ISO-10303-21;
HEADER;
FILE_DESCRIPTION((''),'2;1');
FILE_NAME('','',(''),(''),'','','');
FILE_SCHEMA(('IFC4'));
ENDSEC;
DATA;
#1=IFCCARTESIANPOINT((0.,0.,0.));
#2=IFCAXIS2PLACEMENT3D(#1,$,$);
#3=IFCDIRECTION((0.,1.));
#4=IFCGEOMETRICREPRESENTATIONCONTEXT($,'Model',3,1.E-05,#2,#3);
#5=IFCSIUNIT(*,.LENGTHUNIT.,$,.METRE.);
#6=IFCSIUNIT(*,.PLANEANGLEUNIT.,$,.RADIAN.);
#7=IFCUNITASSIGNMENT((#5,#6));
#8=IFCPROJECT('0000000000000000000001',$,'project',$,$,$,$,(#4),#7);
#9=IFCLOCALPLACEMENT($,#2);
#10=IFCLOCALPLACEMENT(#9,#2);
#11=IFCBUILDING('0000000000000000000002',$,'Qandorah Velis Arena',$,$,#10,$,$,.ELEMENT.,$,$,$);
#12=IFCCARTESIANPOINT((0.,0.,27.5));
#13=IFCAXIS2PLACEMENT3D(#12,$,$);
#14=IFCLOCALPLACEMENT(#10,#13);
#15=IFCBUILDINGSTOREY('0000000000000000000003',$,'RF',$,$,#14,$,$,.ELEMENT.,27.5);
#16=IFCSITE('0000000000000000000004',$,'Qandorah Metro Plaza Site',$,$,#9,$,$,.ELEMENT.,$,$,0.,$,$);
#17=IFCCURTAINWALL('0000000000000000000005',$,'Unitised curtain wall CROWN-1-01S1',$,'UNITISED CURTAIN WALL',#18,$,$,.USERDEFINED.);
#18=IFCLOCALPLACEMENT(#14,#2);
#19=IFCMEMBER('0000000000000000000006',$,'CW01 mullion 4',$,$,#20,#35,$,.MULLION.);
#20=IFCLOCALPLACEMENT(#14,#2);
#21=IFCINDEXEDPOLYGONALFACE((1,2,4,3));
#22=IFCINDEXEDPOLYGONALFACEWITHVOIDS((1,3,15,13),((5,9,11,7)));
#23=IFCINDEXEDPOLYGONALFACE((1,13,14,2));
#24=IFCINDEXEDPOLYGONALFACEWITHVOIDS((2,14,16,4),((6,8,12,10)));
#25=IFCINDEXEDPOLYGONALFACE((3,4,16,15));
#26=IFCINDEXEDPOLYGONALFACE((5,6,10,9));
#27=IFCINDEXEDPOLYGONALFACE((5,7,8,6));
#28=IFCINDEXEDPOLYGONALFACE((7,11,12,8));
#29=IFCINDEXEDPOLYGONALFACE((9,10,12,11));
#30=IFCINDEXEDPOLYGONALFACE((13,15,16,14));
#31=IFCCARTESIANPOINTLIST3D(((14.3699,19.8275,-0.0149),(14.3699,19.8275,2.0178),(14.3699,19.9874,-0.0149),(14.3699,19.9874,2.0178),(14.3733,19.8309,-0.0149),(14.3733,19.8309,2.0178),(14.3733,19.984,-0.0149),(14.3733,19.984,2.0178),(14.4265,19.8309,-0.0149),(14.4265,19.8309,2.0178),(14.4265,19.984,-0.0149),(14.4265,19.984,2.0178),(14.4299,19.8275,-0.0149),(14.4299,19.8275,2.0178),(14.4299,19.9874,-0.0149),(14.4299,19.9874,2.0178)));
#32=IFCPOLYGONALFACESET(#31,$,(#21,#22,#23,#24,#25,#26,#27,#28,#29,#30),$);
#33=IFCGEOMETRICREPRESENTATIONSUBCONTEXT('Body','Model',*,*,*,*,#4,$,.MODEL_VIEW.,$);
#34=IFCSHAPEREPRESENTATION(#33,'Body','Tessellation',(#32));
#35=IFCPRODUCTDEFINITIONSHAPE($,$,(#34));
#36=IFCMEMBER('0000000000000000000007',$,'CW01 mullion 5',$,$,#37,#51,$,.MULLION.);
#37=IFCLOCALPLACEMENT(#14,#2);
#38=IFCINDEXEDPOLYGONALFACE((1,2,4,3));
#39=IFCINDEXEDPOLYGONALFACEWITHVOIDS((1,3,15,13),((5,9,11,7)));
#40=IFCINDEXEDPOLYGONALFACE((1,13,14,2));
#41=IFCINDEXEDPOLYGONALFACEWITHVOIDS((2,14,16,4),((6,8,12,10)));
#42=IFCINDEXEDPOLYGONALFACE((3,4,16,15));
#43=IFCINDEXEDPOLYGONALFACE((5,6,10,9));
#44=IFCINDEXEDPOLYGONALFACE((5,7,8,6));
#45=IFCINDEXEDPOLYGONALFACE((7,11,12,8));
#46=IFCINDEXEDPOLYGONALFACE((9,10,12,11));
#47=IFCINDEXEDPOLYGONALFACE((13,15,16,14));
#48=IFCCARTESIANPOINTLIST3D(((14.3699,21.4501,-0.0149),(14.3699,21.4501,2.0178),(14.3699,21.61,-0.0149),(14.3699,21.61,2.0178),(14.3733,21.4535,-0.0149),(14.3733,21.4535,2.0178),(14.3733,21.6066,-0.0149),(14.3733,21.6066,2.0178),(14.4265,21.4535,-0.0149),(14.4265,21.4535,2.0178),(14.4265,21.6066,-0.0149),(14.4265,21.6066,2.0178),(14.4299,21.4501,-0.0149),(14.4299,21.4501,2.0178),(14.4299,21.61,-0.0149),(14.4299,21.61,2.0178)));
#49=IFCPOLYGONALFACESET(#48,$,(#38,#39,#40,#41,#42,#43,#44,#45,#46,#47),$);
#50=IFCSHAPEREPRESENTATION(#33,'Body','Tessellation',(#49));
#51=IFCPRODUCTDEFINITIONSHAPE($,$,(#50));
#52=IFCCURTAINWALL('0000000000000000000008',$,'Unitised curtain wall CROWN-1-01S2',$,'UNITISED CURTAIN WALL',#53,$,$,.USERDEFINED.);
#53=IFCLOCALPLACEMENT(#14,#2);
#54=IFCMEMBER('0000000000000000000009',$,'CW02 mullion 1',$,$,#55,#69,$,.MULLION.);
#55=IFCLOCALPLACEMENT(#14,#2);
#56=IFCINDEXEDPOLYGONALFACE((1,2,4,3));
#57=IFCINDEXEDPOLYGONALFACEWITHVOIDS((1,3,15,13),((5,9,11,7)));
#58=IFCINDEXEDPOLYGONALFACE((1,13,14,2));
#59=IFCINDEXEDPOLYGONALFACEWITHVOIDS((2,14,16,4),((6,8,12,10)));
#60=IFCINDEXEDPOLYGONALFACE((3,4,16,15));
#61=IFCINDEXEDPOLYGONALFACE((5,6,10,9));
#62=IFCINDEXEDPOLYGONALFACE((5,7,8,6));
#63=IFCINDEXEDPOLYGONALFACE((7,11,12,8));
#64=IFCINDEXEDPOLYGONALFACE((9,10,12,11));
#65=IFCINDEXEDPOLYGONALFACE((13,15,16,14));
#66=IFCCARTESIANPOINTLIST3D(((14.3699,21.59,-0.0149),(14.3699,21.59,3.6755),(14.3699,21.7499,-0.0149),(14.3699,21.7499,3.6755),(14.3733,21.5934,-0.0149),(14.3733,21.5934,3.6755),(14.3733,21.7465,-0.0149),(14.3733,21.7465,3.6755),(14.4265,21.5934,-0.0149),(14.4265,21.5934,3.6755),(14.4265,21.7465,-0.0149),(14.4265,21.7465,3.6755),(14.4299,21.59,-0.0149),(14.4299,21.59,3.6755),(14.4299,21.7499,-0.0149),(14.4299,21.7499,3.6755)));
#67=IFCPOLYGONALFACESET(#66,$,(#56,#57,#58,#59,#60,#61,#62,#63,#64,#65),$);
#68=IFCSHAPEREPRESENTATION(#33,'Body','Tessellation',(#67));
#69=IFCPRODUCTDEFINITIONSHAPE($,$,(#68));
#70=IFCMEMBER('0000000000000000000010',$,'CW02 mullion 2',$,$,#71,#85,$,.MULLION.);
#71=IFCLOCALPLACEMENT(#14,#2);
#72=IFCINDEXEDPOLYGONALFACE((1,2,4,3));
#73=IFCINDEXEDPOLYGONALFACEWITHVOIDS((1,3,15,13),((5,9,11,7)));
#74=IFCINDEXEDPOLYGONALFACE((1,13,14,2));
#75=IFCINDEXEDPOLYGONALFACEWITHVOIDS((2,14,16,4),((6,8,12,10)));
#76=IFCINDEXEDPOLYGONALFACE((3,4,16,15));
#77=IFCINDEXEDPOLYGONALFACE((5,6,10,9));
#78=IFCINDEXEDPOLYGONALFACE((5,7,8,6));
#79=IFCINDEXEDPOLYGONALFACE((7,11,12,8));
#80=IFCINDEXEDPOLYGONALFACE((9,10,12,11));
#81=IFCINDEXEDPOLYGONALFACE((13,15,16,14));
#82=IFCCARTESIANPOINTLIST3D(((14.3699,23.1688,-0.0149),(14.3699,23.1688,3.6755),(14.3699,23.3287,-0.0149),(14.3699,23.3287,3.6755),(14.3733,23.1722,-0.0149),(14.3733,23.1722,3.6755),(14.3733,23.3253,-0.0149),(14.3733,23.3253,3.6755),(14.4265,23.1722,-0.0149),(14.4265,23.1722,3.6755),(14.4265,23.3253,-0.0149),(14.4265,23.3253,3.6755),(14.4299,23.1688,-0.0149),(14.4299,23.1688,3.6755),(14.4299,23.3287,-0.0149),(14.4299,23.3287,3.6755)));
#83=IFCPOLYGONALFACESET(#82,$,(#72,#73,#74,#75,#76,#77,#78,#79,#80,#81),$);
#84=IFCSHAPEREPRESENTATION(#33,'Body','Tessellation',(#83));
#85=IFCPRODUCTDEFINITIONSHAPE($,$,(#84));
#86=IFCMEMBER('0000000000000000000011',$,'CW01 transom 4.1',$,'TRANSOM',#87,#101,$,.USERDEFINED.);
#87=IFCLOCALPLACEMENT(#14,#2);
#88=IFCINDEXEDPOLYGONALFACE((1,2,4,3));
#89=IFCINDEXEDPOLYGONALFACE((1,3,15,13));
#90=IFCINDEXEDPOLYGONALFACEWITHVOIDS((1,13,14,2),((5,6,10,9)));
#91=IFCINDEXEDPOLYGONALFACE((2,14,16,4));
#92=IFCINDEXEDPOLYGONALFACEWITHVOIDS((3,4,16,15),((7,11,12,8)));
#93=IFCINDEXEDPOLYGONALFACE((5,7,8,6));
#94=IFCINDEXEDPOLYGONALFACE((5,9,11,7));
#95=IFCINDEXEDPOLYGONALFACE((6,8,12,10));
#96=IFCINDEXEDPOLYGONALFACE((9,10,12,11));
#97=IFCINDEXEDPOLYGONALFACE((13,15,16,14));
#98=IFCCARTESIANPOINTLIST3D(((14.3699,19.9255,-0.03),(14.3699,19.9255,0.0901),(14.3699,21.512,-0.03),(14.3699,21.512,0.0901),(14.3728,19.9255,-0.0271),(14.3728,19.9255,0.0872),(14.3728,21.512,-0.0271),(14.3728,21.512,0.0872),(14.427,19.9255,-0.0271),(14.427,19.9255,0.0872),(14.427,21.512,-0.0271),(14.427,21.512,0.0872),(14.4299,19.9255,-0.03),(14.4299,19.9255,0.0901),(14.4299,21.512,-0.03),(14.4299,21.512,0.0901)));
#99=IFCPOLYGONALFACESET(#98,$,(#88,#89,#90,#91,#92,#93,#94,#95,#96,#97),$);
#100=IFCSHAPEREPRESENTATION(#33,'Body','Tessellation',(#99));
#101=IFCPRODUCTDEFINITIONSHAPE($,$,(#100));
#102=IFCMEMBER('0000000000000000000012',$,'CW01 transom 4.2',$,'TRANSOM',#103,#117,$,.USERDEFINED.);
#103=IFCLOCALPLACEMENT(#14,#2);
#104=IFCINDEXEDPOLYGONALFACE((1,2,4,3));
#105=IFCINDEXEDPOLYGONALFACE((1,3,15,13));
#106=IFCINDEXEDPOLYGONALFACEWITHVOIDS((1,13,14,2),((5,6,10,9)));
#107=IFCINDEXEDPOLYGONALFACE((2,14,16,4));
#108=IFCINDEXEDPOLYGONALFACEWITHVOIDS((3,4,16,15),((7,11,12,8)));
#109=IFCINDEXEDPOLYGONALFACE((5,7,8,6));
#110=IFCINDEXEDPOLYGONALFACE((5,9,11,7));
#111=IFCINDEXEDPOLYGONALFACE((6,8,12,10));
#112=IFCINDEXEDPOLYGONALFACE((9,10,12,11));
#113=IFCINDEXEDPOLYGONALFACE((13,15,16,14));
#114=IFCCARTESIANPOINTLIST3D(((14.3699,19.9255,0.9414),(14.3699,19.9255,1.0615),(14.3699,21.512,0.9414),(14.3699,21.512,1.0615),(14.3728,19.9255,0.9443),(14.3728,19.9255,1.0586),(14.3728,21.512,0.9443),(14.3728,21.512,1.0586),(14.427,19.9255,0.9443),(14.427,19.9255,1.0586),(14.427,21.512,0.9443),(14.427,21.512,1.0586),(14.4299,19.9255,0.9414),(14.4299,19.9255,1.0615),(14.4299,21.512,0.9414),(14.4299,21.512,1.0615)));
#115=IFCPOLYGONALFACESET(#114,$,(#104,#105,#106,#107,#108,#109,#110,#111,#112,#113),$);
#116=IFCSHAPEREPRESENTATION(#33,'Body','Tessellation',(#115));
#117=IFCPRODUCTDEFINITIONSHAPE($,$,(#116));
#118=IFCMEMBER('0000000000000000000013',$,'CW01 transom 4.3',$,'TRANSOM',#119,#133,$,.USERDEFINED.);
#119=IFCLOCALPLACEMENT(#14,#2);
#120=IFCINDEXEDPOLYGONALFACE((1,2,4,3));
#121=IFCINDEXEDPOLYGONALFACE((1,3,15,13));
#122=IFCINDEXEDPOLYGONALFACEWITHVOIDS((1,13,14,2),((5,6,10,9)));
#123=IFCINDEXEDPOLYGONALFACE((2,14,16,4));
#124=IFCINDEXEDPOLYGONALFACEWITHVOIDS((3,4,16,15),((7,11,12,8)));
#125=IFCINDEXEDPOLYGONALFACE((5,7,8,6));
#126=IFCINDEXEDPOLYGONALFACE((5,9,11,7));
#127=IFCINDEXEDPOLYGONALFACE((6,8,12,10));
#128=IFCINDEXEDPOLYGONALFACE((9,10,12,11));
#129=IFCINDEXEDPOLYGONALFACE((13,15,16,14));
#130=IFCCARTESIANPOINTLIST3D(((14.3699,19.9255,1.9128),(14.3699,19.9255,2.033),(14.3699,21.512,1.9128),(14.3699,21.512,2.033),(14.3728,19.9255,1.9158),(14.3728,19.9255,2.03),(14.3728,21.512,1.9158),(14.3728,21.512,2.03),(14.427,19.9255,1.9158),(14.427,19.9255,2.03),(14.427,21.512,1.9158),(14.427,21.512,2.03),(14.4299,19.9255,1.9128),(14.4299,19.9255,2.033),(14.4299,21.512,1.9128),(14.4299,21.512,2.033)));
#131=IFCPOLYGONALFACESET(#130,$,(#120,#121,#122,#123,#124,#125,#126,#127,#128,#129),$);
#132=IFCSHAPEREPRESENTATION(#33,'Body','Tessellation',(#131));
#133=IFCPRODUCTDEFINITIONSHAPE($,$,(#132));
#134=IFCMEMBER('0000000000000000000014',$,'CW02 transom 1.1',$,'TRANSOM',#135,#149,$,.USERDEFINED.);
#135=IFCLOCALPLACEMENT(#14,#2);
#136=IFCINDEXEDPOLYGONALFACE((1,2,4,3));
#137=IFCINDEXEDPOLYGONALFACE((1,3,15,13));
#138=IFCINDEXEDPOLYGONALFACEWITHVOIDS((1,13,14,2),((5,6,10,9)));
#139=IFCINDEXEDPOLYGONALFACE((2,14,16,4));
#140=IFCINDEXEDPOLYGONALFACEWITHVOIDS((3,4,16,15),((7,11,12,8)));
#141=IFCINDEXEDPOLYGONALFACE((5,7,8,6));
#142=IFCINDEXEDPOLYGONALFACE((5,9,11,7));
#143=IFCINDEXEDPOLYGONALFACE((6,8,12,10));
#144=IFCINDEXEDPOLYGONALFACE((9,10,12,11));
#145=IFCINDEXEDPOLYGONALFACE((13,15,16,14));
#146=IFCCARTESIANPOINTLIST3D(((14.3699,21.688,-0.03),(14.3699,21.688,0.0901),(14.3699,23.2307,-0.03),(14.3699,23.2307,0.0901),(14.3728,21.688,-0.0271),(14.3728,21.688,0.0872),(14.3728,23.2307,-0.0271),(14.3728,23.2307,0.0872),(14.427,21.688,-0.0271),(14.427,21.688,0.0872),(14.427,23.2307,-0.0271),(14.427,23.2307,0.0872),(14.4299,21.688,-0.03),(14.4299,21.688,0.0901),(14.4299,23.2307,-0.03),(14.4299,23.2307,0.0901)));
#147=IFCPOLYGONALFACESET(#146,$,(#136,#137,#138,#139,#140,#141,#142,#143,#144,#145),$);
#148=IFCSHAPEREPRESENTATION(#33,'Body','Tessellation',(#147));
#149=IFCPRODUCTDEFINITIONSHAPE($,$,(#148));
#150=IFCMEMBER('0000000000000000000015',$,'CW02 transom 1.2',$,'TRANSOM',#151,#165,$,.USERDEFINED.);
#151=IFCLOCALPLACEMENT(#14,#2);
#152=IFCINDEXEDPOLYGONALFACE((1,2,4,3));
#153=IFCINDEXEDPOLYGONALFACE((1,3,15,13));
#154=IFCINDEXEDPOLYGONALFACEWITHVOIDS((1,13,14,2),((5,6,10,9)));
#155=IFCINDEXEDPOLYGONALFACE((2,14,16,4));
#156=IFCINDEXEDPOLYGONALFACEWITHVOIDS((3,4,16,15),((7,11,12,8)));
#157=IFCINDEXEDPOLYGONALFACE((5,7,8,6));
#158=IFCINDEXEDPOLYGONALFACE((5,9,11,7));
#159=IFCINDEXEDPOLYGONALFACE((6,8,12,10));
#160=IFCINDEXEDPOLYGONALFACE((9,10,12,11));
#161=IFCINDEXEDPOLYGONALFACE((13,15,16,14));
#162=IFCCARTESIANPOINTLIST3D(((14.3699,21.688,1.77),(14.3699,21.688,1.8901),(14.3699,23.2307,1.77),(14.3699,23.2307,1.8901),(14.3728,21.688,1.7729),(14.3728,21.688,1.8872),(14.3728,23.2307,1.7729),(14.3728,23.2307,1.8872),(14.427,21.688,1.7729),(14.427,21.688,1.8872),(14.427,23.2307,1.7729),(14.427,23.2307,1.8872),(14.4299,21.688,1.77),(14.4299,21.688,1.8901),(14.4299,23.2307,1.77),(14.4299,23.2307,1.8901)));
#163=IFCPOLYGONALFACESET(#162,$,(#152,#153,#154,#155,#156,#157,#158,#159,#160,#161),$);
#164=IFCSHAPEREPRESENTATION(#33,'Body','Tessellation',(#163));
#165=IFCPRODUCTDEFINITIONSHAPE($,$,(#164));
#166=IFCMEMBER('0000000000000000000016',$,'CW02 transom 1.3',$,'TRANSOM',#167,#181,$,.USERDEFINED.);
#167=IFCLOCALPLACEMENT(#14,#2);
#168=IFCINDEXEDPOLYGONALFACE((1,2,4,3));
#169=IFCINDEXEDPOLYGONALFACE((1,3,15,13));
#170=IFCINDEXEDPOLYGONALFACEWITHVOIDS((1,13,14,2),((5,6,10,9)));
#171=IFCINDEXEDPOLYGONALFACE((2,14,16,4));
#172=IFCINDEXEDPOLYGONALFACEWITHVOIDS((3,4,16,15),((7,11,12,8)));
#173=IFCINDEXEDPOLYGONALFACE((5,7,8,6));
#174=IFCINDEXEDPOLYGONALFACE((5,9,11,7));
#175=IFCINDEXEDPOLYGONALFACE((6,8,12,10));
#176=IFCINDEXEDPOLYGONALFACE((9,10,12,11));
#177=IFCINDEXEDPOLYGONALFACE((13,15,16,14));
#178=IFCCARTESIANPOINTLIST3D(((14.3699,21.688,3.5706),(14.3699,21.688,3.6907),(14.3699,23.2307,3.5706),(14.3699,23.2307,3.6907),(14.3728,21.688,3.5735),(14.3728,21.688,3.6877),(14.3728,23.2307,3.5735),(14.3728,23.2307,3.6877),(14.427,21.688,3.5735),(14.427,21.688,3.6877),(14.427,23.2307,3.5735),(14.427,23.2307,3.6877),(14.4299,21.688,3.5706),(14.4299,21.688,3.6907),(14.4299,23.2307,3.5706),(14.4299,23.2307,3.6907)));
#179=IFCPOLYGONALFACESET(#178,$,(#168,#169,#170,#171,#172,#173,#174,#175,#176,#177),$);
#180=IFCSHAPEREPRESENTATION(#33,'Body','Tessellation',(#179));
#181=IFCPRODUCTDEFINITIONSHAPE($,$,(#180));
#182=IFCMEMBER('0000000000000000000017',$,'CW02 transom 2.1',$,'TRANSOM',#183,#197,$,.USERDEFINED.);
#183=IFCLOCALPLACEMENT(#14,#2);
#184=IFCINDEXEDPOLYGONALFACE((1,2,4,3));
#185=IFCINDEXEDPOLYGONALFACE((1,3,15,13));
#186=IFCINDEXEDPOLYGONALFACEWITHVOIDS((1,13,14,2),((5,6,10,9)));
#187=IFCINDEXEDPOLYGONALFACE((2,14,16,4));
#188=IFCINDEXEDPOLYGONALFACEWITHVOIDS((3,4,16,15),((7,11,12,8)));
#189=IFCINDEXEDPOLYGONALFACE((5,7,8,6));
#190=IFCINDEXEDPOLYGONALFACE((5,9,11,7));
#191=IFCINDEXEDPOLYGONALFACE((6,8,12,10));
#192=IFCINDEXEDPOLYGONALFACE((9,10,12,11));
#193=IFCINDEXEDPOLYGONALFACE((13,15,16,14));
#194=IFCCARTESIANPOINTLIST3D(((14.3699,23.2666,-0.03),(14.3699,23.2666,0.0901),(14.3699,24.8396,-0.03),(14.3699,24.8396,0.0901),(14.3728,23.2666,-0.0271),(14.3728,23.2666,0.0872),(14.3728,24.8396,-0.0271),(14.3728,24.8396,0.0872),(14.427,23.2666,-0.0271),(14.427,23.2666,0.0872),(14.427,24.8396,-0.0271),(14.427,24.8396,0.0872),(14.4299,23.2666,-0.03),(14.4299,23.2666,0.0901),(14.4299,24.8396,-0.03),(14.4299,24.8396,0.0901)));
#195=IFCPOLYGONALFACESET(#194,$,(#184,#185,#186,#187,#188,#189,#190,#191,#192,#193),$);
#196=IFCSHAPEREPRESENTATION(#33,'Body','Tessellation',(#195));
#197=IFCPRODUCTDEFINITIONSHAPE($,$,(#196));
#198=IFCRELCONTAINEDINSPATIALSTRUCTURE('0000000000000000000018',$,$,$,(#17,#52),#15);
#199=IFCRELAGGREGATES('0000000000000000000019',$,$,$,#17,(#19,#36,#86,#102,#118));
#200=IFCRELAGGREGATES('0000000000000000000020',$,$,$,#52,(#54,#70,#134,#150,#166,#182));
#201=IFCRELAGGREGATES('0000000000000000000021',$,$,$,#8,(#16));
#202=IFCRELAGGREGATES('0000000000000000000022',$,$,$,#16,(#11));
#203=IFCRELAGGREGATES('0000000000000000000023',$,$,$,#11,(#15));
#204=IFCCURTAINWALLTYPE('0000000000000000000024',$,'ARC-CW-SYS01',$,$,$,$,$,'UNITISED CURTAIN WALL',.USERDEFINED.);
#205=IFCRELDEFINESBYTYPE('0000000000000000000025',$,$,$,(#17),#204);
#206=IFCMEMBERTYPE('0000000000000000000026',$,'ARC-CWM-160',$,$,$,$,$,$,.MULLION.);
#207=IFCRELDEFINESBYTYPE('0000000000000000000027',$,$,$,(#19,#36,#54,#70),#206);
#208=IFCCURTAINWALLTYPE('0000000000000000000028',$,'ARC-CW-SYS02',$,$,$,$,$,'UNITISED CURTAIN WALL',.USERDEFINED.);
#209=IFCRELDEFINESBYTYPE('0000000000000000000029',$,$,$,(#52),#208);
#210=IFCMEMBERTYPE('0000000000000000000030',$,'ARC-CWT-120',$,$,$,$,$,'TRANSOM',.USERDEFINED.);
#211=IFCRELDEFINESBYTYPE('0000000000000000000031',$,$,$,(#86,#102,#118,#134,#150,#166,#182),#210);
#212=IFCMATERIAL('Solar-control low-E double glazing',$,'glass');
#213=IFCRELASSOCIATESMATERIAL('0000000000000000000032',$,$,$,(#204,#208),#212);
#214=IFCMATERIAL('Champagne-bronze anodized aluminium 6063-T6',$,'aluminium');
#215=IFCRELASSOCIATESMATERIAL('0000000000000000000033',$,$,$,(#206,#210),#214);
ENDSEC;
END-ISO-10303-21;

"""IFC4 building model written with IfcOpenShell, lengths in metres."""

from ifc_helpers import new_model, si_unit, direction, frame, origin, origin_2d, place, context, subcontext, project, spatial, hollow_rectangle, extrude, material, material_profile, profile_set, type_object, element, aggregate, save


model = new_model("IFC4")

# Units and contexts
model_context = context("Model", 3, precision=1e-05, world=origin(), true_north=direction((0.0, 1.0)))
body_context = subcontext(model_context, "Body", "Model", "MODEL_VIEW")
ifc_project = project(units=[si_unit("LENGTHUNIT", "METRE"), si_unit("PLANEANGLEUNIT", "RADIAN")], contexts=[model_context])

# Site, building, storey
site_placement = place(None, origin())
site = spatial("IfcSite", under=ifc_project, at=site_placement, Name="Qandorah Metro Plaza Site", CompositionType="ELEMENT", RefElevation=0.0)
building_placement = place(site_placement, origin())
building = spatial("IfcBuilding", under=site, at=building_placement, Name="Qandorah Velis Arena", CompositionType="ELEMENT")
storey_placement = place(building_placement, frame((0.0, 0.0, 27.5)))
storey = spatial("IfcBuildingStorey", under=building, at=storey_placement, Name="RF", CompositionType="ELEMENT", Elevation=27.5)

# Curtain walls, members
ifc_material_1 = material(Name="Solar-control low-E double glazing", Category="glass")
curtain_wall_type_1 = type_object("IfcCurtainWallType", Name="ARC-CW-SYS01", ElementType="UNITISED CURTAIN WALL", PredefinedType="USERDEFINED", material=ifc_material_1)
curtain_wall_1_placement = place(storey_placement, origin())
curtain_wall_1 = element("IfcCurtainWall", 1, at=curtain_wall_1_placement, inside=storey, type_object=curtain_wall_type_1, Name="Unitised curtain wall CROWN-1-01S1", ObjectType="UNITISED CURTAIN WALL", PredefinedType="USERDEFINED")
ifc_material_2 = material(Name="Champagne-bronze anodized aluminium 6063-T6", Category="aluminium")
ifc_material_profile_1 = material_profile(ifc_material_2, hollow_rectangle(XDim=0.0601, YDim=0.1599, WallThickness=0.0034, at=origin_2d()), Name="ALU MULLION 60x160")
ifc_profile_set_1 = profile_set([ifc_material_profile_1], Name="Champagne-bronze anodized aluminium 6063-T6")
member_type_1 = type_object("IfcMemberType", Name="ARC-CWM-160", PredefinedType="MULLION", material=ifc_profile_set_1)
member_1_placement = place(storey_placement, frame((14.3999, 19.9075, -0.0149), z_axis=(0.0, 0.0, 1.0), x_axis=(-1.0, 0.0, 0.0)))
member_1 = element("IfcMember", 2, at=member_1_placement, type_object=member_type_1, Name="CW01 mullion 4", PredefinedType="MULLION", context=body_context, shape_type="SweptSolid", body=[
    extrude(hollow_rectangle(XDim=0.0601, YDim=0.1599, WallThickness=0.0034, at=origin_2d()), origin(), (0.0, 0.0, 1.0), 2.0327),
])
member_2_placement = place(storey_placement, frame((14.3999, 21.53, -0.0149), z_axis=(0.0, 0.0, 1.0), x_axis=(-1.0, 0.0, 0.0)))
member_2 = element("IfcMember", 3, at=member_2_placement, type_object=member_type_1, Name="CW01 mullion 5", PredefinedType="MULLION", context=body_context, shape_type="SweptSolid", body=[
    extrude(hollow_rectangle(XDim=0.0601, YDim=0.1599, WallThickness=0.0034, at=origin_2d()), origin(), (0.0, 0.0, 1.0), 2.0327),
])
curtain_wall_type_2 = type_object("IfcCurtainWallType", Name="ARC-CW-SYS02", ElementType="UNITISED CURTAIN WALL", PredefinedType="USERDEFINED", material=ifc_material_1)
curtain_wall_2_placement = place(storey_placement, origin())
curtain_wall_2 = element("IfcCurtainWall", 4, at=curtain_wall_2_placement, inside=storey, type_object=curtain_wall_type_2, Name="Unitised curtain wall CROWN-1-01S2", ObjectType="UNITISED CURTAIN WALL", PredefinedType="USERDEFINED")
member_3_placement = place(storey_placement, frame((14.3999, 21.6699, -0.0149), z_axis=(0.0, 0.0, 1.0), x_axis=(-1.0, 0.0, 0.0)))
member_3 = element("IfcMember", 5, at=member_3_placement, type_object=member_type_1, Name="CW02 mullion 1", PredefinedType="MULLION", context=body_context, shape_type="SweptSolid", body=[
    extrude(hollow_rectangle(XDim=0.0601, YDim=0.1599, WallThickness=0.0034, at=origin_2d()), origin(), (0.0, 0.0, 1.0), 3.6904),
])
member_4_placement = place(storey_placement, frame((14.3999, 23.2488, -0.0149), z_axis=(0.0, 0.0, 1.0), x_axis=(-1.0, 0.0, 0.0)))
member_4 = element("IfcMember", 6, at=member_4_placement, type_object=member_type_1, Name="CW02 mullion 2", PredefinedType="MULLION", context=body_context, shape_type="SweptSolid", body=[
    extrude(hollow_rectangle(XDim=0.0601, YDim=0.1599, WallThickness=0.0034, at=origin_2d()), origin(), (0.0, 0.0, 1.0), 3.6904),
])

# Members
ifc_material_profile_2 = material_profile(ifc_material_2, hollow_rectangle(XDim=0.0601, YDim=0.1201, WallThickness=0.0029, at=origin_2d()), Name="ALU TRANSOM 60x120")
ifc_profile_set_2 = profile_set([ifc_material_profile_2], Name="Champagne-bronze anodized aluminium 6063-T6")
member_type_2 = type_object("IfcMemberType", Name="ARC-CWT-120", ElementType="TRANSOM", PredefinedType="USERDEFINED", material=ifc_profile_set_2)
member_5_placement = place(storey_placement, frame((14.3999, 19.9255, 0.03), z_axis=(0.0, 1.0, 0.0), x_axis=(-1.0, 0.0, 0.0)))
member_5 = element("IfcMember", 7, at=member_5_placement, type_object=member_type_2, Name="CW01 transom 4.1", ObjectType="TRANSOM", PredefinedType="USERDEFINED", context=body_context, shape_type="SweptSolid", body=[
    extrude(hollow_rectangle(XDim=0.0601, YDim=0.1201, WallThickness=0.0029, at=origin_2d()), origin(), (0.0, 0.0, 1.0), 1.5864),
])
member_6_placement = place(storey_placement, frame((14.3999, 19.9255, 1.0015), z_axis=(0.0, 1.0, 0.0), x_axis=(-1.0, 0.0, 0.0)))
member_6 = element("IfcMember", 8, at=member_6_placement, type_object=member_type_2, Name="CW01 transom 4.2", ObjectType="TRANSOM", PredefinedType="USERDEFINED", context=body_context, shape_type="SweptSolid", body=[
    extrude(hollow_rectangle(XDim=0.0601, YDim=0.1201, WallThickness=0.0029, at=origin_2d()), origin(), (0.0, 0.0, 1.0), 1.5864),
])
member_7_placement = place(storey_placement, frame((14.3999, 19.9255, 1.9729), z_axis=(0.0, 1.0, 0.0), x_axis=(-1.0, 0.0, 0.0)))
member_7 = element("IfcMember", 9, at=member_7_placement, type_object=member_type_2, Name="CW01 transom 4.3", ObjectType="TRANSOM", PredefinedType="USERDEFINED", context=body_context, shape_type="SweptSolid", body=[
    extrude(hollow_rectangle(XDim=0.0601, YDim=0.1201, WallThickness=0.0029, at=origin_2d()), origin(), (0.0, 0.0, 1.0), 1.5864),
])
member_8_placement = place(storey_placement, frame((14.3999, 21.688, 0.03), z_axis=(0.0, 1.0, 0.0), x_axis=(-1.0, 0.0, 0.0)))
member_8 = element("IfcMember", 10, at=member_8_placement, type_object=member_type_2, Name="CW02 transom 1.1", ObjectType="TRANSOM", PredefinedType="USERDEFINED", context=body_context, shape_type="SweptSolid", body=[
    extrude(hollow_rectangle(XDim=0.0601, YDim=0.1201, WallThickness=0.0029, at=origin_2d()), origin(), (0.0, 0.0, 1.0), 1.5427),
])
member_9_placement = place(storey_placement, frame((14.3999, 21.688, 1.8301), z_axis=(0.0, 1.0, 0.0), x_axis=(-1.0, 0.0, 0.0)))
member_9 = element("IfcMember", 11, at=member_9_placement, type_object=member_type_2, Name="CW02 transom 1.2", ObjectType="TRANSOM", PredefinedType="USERDEFINED", context=body_context, shape_type="SweptSolid", body=[
    extrude(hollow_rectangle(XDim=0.0601, YDim=0.1201, WallThickness=0.0029, at=origin_2d()), origin(), (0.0, 0.0, 1.0), 1.5427),
])
member_10_placement = place(storey_placement, frame((14.3999, 21.688, 3.6306), z_axis=(0.0, 1.0, 0.0), x_axis=(-1.0, 0.0, 0.0)))
member_10 = element("IfcMember", 12, at=member_10_placement, type_object=member_type_2, Name="CW02 transom 1.3", ObjectType="TRANSOM", PredefinedType="USERDEFINED", context=body_context, shape_type="SweptSolid", body=[
    extrude(hollow_rectangle(XDim=0.0601, YDim=0.1201, WallThickness=0.0029, at=origin_2d()), origin(), (0.0, 0.0, 1.0), 1.5427),
])
member_11_placement = place(storey_placement, frame((14.3999, 23.2666, 0.03), z_axis=(0.0, 1.0, 0.0), x_axis=(-1.0, 0.0, 0.0)))
member_11 = element("IfcMember", 13, at=member_11_placement, type_object=member_type_2, Name="CW02 transom 2.1", ObjectType="TRANSOM", PredefinedType="USERDEFINED", context=body_context, shape_type="SweptSolid", body=[
    extrude(hollow_rectangle(XDim=0.0601, YDim=0.1201, WallThickness=0.0029, at=origin_2d()), origin(), (0.0, 0.0, 1.0), 1.573),
])

aggregate(curtain_wall_1, [member_1, member_2, member_5, member_6, member_7])
aggregate(curtain_wall_2, [member_3, member_4, member_8, member_9, member_10, member_11])

save(model, "model.ifc")
